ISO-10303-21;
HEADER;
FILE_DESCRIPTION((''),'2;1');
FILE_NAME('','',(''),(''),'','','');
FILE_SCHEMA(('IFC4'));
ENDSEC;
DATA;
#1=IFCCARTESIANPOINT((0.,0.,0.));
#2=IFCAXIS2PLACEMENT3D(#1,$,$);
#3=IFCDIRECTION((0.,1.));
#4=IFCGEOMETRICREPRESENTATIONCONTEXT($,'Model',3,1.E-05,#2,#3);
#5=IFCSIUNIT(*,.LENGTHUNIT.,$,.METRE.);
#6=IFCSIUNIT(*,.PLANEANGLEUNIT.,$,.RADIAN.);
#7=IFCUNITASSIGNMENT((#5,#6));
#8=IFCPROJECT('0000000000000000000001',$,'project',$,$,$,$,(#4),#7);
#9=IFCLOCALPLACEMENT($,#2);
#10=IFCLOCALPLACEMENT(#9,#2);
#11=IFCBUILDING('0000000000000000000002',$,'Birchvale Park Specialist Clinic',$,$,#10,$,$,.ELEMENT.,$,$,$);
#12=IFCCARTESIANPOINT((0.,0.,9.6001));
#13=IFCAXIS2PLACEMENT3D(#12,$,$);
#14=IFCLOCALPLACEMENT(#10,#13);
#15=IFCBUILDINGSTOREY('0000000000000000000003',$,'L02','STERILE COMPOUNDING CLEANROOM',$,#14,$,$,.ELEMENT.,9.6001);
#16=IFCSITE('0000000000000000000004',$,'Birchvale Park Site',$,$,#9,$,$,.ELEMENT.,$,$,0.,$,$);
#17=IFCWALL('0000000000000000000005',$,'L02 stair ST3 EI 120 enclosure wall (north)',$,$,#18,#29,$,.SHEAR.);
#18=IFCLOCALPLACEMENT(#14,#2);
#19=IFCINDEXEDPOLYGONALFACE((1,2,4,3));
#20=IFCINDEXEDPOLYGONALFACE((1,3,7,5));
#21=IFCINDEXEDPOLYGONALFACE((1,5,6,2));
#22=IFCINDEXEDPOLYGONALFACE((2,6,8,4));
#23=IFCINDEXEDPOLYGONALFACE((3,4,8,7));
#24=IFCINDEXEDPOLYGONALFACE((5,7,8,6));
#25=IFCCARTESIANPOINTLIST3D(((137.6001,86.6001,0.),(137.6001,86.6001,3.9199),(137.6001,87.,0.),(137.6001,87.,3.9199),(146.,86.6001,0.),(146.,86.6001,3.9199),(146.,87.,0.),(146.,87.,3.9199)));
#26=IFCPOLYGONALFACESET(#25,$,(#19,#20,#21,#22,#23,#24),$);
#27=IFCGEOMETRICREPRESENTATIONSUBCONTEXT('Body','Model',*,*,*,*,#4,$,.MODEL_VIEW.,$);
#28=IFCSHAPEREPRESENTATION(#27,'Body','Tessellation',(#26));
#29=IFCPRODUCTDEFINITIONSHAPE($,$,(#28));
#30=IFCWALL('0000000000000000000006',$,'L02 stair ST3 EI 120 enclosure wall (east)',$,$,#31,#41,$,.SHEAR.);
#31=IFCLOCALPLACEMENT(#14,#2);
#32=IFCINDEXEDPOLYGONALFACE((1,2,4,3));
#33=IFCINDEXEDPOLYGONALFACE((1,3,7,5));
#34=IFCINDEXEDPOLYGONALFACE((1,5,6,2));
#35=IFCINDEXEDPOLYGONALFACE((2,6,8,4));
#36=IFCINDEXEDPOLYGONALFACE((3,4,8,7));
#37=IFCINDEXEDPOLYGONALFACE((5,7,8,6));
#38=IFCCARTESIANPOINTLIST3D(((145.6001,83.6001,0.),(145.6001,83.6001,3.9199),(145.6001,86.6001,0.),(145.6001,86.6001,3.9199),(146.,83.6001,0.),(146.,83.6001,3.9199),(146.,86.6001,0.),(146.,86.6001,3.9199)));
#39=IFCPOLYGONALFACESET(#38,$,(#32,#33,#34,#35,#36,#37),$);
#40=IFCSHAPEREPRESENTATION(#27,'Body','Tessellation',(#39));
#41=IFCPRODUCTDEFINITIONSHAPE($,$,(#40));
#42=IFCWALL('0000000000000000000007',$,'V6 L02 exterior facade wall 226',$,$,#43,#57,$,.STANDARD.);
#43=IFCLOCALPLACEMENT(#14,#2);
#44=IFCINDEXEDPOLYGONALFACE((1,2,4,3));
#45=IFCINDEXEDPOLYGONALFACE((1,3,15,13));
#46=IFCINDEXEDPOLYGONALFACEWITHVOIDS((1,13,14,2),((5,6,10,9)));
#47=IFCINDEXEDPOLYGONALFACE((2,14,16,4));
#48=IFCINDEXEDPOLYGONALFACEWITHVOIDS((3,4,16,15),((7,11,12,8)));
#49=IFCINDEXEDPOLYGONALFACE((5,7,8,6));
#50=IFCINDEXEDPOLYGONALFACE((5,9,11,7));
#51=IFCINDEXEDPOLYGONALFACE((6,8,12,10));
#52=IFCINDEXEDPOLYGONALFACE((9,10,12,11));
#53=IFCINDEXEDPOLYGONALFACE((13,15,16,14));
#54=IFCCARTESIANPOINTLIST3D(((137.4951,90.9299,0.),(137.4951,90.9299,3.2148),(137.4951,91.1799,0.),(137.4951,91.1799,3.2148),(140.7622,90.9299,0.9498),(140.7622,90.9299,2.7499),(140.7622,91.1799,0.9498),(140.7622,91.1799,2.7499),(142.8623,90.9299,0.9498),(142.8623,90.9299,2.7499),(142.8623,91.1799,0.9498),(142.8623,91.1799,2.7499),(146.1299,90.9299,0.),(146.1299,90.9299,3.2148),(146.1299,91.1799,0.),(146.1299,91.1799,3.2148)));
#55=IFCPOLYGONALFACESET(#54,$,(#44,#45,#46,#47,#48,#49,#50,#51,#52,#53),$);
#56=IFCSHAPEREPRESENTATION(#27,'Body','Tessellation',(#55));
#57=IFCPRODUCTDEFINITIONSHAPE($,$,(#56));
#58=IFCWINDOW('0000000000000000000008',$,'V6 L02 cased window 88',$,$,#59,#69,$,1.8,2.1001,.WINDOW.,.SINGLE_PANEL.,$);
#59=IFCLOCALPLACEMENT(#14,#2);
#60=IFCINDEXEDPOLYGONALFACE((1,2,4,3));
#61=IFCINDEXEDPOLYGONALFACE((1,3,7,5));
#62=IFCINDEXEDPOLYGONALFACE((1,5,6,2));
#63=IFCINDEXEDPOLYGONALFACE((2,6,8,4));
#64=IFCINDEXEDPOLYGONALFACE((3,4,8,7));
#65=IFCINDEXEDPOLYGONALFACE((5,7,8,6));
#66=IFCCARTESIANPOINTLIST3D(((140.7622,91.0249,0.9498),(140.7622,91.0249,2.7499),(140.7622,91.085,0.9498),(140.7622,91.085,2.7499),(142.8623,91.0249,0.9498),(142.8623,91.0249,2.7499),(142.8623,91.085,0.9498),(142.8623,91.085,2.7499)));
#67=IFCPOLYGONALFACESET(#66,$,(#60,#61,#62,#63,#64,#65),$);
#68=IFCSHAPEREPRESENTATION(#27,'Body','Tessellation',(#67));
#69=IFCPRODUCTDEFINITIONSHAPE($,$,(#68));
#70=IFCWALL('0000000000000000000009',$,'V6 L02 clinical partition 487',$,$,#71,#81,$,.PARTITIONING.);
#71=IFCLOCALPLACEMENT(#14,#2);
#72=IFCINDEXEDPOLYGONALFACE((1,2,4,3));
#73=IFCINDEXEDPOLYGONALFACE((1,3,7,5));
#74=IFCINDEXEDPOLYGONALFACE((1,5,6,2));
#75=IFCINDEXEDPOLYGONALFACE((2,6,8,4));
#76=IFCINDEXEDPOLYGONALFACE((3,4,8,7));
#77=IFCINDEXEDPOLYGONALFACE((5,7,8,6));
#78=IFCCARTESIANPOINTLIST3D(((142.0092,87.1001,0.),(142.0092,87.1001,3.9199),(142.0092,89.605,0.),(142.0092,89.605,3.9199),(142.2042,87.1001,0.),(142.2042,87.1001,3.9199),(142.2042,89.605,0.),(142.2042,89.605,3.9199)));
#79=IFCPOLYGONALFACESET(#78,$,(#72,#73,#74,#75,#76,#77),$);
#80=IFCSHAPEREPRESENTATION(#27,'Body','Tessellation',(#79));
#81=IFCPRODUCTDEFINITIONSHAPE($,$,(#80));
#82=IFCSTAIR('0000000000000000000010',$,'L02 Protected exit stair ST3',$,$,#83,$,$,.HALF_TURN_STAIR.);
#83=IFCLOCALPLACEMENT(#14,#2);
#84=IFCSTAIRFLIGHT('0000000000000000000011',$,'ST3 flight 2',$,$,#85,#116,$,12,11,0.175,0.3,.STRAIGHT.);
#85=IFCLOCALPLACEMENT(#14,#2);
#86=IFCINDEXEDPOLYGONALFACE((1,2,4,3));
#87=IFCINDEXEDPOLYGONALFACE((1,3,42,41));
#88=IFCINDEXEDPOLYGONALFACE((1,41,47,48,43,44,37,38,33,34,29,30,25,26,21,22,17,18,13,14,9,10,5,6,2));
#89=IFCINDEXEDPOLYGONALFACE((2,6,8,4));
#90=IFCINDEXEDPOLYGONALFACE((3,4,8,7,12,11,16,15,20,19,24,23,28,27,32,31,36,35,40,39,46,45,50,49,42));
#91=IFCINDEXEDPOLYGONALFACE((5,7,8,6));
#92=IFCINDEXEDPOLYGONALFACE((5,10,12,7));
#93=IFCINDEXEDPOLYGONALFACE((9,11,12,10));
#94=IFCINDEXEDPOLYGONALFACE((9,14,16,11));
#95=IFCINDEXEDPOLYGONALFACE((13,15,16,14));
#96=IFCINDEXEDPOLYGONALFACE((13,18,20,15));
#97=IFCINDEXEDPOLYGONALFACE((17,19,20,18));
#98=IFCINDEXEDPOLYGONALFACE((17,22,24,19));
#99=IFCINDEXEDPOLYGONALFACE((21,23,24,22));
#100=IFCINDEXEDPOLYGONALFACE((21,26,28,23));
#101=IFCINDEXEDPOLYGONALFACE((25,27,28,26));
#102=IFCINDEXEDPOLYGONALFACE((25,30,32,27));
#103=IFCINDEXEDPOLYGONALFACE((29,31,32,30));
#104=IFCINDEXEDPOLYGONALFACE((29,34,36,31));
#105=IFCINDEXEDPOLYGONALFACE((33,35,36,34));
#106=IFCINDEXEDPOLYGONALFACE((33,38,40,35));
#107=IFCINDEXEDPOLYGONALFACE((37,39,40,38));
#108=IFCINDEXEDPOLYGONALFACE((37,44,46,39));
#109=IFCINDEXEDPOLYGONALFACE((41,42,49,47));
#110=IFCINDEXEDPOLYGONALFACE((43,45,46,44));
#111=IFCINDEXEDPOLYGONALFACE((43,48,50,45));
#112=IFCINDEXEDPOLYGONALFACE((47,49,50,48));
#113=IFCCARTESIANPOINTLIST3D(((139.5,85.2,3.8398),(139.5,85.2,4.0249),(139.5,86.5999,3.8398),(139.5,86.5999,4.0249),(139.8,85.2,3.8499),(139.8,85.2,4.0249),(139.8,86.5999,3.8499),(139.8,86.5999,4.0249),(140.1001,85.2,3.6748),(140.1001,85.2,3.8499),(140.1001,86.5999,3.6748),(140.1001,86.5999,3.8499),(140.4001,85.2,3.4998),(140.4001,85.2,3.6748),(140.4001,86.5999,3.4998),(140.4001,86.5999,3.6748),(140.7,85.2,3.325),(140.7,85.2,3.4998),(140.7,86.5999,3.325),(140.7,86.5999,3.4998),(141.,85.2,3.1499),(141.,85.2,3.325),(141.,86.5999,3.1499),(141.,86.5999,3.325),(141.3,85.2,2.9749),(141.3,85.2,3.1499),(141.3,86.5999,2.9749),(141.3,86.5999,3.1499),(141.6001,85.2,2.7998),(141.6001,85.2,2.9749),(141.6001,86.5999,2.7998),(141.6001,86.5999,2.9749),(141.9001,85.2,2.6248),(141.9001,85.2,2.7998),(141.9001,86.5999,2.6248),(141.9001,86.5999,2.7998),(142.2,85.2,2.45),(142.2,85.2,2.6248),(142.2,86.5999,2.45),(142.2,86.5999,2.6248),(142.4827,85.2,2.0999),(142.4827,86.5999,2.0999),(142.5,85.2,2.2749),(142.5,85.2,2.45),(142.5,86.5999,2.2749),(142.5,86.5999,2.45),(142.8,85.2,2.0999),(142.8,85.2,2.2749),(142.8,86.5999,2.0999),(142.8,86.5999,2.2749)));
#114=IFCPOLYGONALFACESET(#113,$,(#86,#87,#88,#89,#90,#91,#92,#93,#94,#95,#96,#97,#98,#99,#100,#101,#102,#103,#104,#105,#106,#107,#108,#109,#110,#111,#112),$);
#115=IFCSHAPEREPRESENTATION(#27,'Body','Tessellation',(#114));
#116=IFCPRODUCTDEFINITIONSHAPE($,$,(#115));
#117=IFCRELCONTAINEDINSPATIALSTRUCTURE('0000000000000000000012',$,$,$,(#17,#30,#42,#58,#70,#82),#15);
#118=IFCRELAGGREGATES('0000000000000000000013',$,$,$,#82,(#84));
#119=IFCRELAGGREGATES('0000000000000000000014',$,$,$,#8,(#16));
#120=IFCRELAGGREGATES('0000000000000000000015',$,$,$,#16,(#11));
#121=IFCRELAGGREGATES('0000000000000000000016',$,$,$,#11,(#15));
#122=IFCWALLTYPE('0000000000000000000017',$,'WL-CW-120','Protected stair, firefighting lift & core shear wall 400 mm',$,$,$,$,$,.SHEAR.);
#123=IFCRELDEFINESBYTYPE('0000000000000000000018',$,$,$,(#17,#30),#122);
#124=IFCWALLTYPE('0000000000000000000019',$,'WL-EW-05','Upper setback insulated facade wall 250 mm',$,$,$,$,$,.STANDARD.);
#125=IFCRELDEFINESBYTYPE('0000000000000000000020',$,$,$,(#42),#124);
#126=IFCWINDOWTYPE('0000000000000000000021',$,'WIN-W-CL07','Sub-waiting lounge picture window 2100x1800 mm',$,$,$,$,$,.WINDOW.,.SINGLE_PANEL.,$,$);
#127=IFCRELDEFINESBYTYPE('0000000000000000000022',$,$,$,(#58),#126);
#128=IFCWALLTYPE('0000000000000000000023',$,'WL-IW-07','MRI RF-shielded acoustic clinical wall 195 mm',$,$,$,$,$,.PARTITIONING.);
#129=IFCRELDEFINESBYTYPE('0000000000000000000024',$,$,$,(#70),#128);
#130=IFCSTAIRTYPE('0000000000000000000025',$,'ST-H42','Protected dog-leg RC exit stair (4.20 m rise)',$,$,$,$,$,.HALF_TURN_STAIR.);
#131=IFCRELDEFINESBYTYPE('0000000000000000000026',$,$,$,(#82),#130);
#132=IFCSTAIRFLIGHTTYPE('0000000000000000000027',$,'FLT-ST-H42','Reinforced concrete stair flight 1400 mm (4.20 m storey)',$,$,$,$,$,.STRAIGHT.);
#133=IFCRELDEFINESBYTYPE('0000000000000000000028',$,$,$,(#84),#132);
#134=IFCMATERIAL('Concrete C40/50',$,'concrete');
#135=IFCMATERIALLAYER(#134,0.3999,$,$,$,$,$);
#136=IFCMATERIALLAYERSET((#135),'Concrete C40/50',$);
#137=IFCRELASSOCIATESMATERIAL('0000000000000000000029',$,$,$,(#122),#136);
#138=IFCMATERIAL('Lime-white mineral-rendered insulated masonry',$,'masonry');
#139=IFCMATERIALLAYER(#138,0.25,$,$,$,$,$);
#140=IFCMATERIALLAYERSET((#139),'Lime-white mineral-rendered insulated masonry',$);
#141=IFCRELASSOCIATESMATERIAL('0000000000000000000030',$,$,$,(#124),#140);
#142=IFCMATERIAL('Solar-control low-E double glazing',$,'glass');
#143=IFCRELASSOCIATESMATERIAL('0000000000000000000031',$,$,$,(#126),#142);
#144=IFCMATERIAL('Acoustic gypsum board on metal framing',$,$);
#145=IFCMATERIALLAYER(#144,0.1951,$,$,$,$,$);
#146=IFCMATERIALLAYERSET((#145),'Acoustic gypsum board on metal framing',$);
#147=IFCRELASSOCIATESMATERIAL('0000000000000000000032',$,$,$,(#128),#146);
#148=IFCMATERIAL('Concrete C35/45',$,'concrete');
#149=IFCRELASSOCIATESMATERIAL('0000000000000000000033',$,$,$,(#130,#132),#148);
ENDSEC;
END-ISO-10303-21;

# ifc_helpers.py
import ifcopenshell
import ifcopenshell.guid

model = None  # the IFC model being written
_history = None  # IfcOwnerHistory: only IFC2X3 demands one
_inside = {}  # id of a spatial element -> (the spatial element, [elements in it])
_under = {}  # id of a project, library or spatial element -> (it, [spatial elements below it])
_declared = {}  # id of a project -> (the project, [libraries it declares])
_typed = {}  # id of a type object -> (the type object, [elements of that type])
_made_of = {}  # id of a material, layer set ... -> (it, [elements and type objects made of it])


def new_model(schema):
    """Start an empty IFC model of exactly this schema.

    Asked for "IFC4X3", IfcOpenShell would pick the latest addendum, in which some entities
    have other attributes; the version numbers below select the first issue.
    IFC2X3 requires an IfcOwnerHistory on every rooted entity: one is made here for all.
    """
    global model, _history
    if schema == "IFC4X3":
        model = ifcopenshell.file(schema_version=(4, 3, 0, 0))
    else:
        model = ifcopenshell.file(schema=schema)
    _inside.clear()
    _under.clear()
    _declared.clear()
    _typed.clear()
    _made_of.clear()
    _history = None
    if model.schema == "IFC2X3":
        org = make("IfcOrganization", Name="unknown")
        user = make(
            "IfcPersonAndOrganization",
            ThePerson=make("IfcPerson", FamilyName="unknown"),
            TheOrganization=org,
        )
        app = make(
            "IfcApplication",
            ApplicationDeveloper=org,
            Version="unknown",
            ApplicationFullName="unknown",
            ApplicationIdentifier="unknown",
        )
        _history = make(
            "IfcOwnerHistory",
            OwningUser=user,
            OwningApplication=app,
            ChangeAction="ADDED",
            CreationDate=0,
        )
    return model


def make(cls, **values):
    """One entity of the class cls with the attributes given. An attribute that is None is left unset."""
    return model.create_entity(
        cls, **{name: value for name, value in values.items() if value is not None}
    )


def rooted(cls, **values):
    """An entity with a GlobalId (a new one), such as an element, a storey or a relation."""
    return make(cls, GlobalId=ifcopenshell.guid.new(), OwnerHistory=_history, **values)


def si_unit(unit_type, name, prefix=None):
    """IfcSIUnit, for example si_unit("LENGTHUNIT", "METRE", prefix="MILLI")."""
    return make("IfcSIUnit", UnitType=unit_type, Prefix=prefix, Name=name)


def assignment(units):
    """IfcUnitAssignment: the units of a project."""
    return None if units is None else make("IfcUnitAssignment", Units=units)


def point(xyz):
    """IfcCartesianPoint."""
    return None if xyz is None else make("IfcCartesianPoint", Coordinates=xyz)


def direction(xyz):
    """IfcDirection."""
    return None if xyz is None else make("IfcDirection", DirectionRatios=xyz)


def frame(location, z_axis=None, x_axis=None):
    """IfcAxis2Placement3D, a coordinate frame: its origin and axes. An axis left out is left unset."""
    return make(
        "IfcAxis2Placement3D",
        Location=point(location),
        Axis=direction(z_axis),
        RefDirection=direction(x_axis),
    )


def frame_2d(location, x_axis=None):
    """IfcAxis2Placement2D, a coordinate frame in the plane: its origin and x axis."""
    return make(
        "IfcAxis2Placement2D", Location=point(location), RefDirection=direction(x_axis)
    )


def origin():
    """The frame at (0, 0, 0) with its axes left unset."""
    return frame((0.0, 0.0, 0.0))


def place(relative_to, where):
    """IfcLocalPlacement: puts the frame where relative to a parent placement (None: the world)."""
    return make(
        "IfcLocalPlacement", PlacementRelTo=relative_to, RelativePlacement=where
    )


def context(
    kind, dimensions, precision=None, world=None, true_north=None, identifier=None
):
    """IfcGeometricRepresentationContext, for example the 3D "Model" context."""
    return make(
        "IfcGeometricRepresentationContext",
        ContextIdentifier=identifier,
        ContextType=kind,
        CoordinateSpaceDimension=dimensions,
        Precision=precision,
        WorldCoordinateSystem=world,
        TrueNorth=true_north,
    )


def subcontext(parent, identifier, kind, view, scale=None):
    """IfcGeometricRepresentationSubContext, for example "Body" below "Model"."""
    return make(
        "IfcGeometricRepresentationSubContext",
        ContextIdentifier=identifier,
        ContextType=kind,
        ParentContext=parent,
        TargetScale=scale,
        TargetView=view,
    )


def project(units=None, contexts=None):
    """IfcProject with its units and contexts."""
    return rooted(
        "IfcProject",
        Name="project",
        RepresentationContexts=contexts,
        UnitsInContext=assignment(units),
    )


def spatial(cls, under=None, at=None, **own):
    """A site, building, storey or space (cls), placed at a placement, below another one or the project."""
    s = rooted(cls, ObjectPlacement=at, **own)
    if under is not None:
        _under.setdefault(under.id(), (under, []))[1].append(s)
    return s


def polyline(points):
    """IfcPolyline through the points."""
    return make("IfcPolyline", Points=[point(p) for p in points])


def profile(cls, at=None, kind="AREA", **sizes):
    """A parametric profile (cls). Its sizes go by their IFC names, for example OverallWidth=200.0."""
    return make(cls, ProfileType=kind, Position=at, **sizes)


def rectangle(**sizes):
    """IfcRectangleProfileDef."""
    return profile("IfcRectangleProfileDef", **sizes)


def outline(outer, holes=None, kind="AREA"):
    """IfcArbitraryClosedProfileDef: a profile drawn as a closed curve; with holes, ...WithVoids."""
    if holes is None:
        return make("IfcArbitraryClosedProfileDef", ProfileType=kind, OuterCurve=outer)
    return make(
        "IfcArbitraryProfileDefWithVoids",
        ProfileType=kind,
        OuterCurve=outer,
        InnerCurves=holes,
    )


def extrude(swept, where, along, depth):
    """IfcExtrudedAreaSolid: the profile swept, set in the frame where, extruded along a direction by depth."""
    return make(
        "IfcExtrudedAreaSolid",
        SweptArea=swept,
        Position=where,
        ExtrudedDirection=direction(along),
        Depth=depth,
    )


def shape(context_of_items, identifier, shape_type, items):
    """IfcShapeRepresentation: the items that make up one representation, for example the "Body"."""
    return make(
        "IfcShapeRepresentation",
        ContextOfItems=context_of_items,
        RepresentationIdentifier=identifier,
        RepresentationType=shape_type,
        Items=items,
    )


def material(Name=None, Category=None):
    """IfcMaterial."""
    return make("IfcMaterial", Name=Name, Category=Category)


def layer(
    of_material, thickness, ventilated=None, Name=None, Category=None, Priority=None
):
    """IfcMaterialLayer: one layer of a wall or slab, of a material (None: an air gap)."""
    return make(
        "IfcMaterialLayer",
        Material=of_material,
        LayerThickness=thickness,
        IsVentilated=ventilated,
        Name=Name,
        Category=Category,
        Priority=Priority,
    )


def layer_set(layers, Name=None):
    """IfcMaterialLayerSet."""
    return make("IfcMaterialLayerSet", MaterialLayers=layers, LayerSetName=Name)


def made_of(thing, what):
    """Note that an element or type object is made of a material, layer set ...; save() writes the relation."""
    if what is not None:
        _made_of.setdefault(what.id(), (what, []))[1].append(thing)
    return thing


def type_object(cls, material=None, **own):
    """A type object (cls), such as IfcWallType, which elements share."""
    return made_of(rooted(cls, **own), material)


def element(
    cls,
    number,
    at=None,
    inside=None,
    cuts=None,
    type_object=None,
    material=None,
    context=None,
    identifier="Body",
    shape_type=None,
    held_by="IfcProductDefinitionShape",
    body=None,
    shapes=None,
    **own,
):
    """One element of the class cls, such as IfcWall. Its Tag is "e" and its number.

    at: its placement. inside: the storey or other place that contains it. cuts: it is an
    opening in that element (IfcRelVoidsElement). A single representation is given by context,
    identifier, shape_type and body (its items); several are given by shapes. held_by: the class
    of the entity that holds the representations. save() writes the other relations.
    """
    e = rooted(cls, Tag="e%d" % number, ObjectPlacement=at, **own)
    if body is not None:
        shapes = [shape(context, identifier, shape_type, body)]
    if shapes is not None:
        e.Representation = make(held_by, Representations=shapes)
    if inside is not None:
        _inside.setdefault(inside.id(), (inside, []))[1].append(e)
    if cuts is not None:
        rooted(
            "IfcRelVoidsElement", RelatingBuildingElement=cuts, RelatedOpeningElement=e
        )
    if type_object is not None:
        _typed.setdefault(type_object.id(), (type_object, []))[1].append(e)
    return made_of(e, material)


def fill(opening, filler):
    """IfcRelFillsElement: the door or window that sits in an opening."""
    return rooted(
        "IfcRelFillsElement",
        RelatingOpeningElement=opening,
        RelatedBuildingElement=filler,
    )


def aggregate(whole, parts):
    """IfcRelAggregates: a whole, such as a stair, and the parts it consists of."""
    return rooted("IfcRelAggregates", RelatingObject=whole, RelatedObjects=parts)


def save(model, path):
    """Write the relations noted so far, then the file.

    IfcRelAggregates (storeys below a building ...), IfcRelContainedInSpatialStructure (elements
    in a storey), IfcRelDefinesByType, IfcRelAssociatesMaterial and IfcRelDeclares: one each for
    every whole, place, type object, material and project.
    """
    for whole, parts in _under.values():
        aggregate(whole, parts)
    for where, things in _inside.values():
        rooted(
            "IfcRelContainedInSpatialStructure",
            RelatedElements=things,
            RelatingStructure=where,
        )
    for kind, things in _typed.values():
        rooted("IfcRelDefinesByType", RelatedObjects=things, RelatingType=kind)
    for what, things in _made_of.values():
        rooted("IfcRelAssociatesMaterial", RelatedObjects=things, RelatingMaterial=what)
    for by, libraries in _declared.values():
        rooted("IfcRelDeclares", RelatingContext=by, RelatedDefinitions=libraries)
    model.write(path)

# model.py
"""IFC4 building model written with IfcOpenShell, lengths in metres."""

from ifc_helpers import new_model, si_unit, direction, frame, frame_2d, origin, place, context, subcontext, project, spatial, polyline, rectangle, outline, extrude, material, layer, layer_set, type_object, element, fill, aggregate, save


model = new_model("IFC4")

# Units and contexts
model_context = context("Model", 3, precision=1e-05, world=origin(), true_north=direction((0.0, 1.0)))
body_context = subcontext(model_context, "Body", "Model", "MODEL_VIEW")
ifc_project = project(units=[si_unit("LENGTHUNIT", "METRE"), si_unit("PLANEANGLEUNIT", "RADIAN")], contexts=[model_context])

# Site, building, storey
site_placement = place(None, origin())
site = spatial("IfcSite", under=ifc_project, at=site_placement, Name="Birchvale Park Site", CompositionType="ELEMENT", RefElevation=0.0)
building_placement = place(site_placement, origin())
building = spatial("IfcBuilding", under=site, at=building_placement, Name="Birchvale Park Specialist Clinic", CompositionType="ELEMENT")
storey_placement = place(building_placement, frame((0.0, 0.0, 9.6001)))
storey = spatial("IfcBuildingStorey", under=building, at=storey_placement, Name="L02", Description="STERILE COMPOUNDING CLEANROOM", CompositionType="ELEMENT", Elevation=9.6001)

# Shared definitions
ifc_material_1 = material(Name="Concrete C40/50", Category="concrete")

# Shared definitions
ifc_material_2 = material(Name="Solar-control low-E double glazing", Category="glass")

# Walls
ifc_layer_1 = layer(ifc_material_1, 0.3999)
ifc_layer_set_1 = layer_set([ifc_layer_1], Name="Concrete C40/50")
wall_type_1 = type_object("IfcWallType", Name="WL-CW-120", Description="Protected stair, firefighting lift & core shear wall 400 mm", PredefinedType="SHEAR", material=ifc_layer_set_1)
wall_1_placement = place(storey_placement, frame((146.0, 86.8, 0.0), z_axis=(0.0, 0.0, 1.0), x_axis=(-1.0, 0.0, 0.0)))
element("IfcWall", 1, at=wall_1_placement, inside=storey, type_object=wall_type_1, Name="L02 stair ST3 EI 120 enclosure wall (north)", PredefinedType="SHEAR", context=body_context, shape_type="SweptSolid", body=[
    extrude(rectangle(XDim=8.3999, YDim=0.3999, at=frame_2d((4.2, 0.0))), origin(), (0.0, 0.0, 1.0), 3.9199),
])
wall_2_placement = place(storey_placement, frame((145.8, 86.6001, 0.0), z_axis=(0.0, 0.0, 1.0), x_axis=(0.0, -1.0, 0.0)))
element("IfcWall", 2, at=wall_2_placement, inside=storey, type_object=wall_type_1, Name="L02 stair ST3 EI 120 enclosure wall (east)", PredefinedType="SHEAR", context=body_context, shape_type="SweptSolid", body=[
    extrude(rectangle(XDim=3.0, YDim=0.3999, at=frame_2d((1.5, 0.0))), origin(), (0.0, 0.0, 1.0), 3.9199),
])

# Wall, opening, window
ifc_material_3 = material(Name="Lime-white mineral-rendered insulated masonry", Category="masonry")
ifc_layer_2 = layer(ifc_material_3, 0.25)
ifc_layer_set_2 = layer_set([ifc_layer_2], Name="Lime-white mineral-rendered insulated masonry")
wall_type_2 = type_object("IfcWallType", Name="WL-EW-05", Description="Upper setback insulated facade wall 250 mm", PredefinedType="STANDARD", material=ifc_layer_set_2)
wall_3_placement = place(storey_placement, frame((146.1299, 91.0549, 0.0), z_axis=(0.0, 0.0, 1.0), x_axis=(-1.0, 0.0, 0.0)))
wall_3 = element("IfcWall", 3, at=wall_3_placement, inside=storey, type_object=wall_type_2, Name="V6 L02 exterior facade wall 226", PredefinedType="STANDARD", context=body_context, shape_type="SweptSolid", body=[
    extrude(rectangle(XDim=8.6348, YDim=0.25, at=frame_2d((4.3174, 0.0))), origin(), (0.0, 0.0, 1.0), 3.2148),
])
opening_placement = place(wall_3_placement, frame((3.2676, 0.0, 0.95)))
opening = element("IfcOpeningElement", 4, at=opening_placement, cuts=wall_3, PredefinedType="OPENING", context=body_context, shape_type="SweptSolid", body=[
    extrude(rectangle(XDim=2.1001, YDim=1.8, at=frame_2d((1.05, 0.8999))), frame((0.0, 0.135, 0.0), z_axis=(0.0, -1.0, 0.0), x_axis=(1.0, 0.0, 0.0)), (0.0, 0.0, 1.0), 0.27),
])
window_type = type_object("IfcWindowType", Name="WIN-W-CL07", Description="Sub-waiting lounge picture window 2100x1800 mm", PartitioningType="SINGLE_PANEL", PredefinedType="WINDOW", material=ifc_material_2)
window_placement = place(opening_placement, origin())
window = element("IfcWindow", 5, at=window_placement, inside=storey, type_object=window_type, Name="V6 L02 cased window 88", OverallHeight=1.8, OverallWidth=2.1001, PartitioningType="SINGLE_PANEL", PredefinedType="WINDOW", context=body_context, shape_type="SweptSolid", body=[
    extrude(rectangle(XDim=2.1001, YDim=1.8, at=frame_2d((1.05, 0.8999))), frame((0.0, 0.03, 0.0), z_axis=(0.0, -1.0, 0.0), x_axis=(1.0, 0.0, 0.0)), (0.0, 0.0, 1.0), 0.0601),
])
fill(opening, window)

# Wall
ifc_material_4 = material(Name="Acoustic gypsum board on metal framing")
ifc_layer_3 = layer(ifc_material_4, 0.1951)
ifc_layer_set_3 = layer_set([ifc_layer_3], Name="Acoustic gypsum board on metal framing")
wall_type_3 = type_object("IfcWallType", Name="WL-IW-07", Description="MRI RF-shielded acoustic clinical wall 195 mm", PredefinedType="PARTITIONING", material=ifc_layer_set_3)
wall_4_placement = place(storey_placement, frame((142.1067, 89.605, 0.0), z_axis=(0.0, 0.0, 1.0), x_axis=(0.0, -1.0, 0.0)))
element("IfcWall", 6, at=wall_4_placement, inside=storey, type_object=wall_type_3, Name="V6 L02 clinical partition 487", PredefinedType="PARTITIONING", context=body_context, shape_type="SweptSolid", body=[
    extrude(rectangle(XDim=2.5049, YDim=0.1951, at=frame_2d((1.2524, 0.0))), origin(), (0.0, 0.0, 1.0), 3.9199),
])

# Stair, stair flight
ifc_material_5 = material(Name="Concrete C35/45", Category="concrete")
stair_type = type_object("IfcStairType", Name="ST-H42", Description="Protected dog-leg RC exit stair (4.20 m rise)", PredefinedType="HALF_TURN_STAIR", material=ifc_material_5)
stair_placement = place(storey_placement, origin())
stair = element("IfcStair", 7, at=stair_placement, inside=storey, type_object=stair_type, Name="L02 Protected exit stair ST3", PredefinedType="HALF_TURN_STAIR")
stair_flight_type = type_object("IfcStairFlightType", Name="FLT-ST-H42", Description="Reinforced concrete stair flight 1400 mm (4.20 m storey)", PredefinedType="STRAIGHT", material=ifc_material_5)
stair_flight_placement = place(storey_placement, frame((142.8, 85.8999, 2.0999), z_axis=(0.0, 0.0, 1.0), x_axis=(-1.0, 0.0, 0.0)))
stair_flight = element("IfcStairFlight", 8, at=stair_flight_placement, type_object=stair_flight_type, Name="ST3 flight 2", NumberOfRisers=12, NumberOfTreads=11, PredefinedType="STRAIGHT", RiserHeight=0.175, TreadLength=0.3, context=body_context, shape_type="SweptSolid", body=[
    extrude(outline(polyline([(0.0, 0.0), (0.0, 0.175), (0.3, 0.175), (0.3, 0.3501), (0.6001, 0.3501), (0.6001, 0.5249), (0.8999, 0.5249), (0.8999, 0.7), (1.2, 0.7), (1.2, 0.875), (1.5, 0.875), (1.5, 1.05), (1.8, 1.05), (1.8, 1.2251), (2.1001, 1.2251), (2.1001, 1.3999), (2.3999, 1.3999), (2.3999, 1.575), (2.7, 1.575), (2.7, 1.75), (3.0, 1.75), (3.0, 1.925), (3.3, 1.925), (3.3, 2.1001), (3.3, 1.74), (0.3174, 0.0), (0.0, 0.0)])), frame((0.0, 0.7, 0.0), z_axis=(0.0, -1.0, 0.0), x_axis=(1.0, 0.0, 0.0)), (0.0, 0.0, 1.0), 1.3999),
])
aggregate(stair, [stair_flight])

save(model, "model.ifc")
